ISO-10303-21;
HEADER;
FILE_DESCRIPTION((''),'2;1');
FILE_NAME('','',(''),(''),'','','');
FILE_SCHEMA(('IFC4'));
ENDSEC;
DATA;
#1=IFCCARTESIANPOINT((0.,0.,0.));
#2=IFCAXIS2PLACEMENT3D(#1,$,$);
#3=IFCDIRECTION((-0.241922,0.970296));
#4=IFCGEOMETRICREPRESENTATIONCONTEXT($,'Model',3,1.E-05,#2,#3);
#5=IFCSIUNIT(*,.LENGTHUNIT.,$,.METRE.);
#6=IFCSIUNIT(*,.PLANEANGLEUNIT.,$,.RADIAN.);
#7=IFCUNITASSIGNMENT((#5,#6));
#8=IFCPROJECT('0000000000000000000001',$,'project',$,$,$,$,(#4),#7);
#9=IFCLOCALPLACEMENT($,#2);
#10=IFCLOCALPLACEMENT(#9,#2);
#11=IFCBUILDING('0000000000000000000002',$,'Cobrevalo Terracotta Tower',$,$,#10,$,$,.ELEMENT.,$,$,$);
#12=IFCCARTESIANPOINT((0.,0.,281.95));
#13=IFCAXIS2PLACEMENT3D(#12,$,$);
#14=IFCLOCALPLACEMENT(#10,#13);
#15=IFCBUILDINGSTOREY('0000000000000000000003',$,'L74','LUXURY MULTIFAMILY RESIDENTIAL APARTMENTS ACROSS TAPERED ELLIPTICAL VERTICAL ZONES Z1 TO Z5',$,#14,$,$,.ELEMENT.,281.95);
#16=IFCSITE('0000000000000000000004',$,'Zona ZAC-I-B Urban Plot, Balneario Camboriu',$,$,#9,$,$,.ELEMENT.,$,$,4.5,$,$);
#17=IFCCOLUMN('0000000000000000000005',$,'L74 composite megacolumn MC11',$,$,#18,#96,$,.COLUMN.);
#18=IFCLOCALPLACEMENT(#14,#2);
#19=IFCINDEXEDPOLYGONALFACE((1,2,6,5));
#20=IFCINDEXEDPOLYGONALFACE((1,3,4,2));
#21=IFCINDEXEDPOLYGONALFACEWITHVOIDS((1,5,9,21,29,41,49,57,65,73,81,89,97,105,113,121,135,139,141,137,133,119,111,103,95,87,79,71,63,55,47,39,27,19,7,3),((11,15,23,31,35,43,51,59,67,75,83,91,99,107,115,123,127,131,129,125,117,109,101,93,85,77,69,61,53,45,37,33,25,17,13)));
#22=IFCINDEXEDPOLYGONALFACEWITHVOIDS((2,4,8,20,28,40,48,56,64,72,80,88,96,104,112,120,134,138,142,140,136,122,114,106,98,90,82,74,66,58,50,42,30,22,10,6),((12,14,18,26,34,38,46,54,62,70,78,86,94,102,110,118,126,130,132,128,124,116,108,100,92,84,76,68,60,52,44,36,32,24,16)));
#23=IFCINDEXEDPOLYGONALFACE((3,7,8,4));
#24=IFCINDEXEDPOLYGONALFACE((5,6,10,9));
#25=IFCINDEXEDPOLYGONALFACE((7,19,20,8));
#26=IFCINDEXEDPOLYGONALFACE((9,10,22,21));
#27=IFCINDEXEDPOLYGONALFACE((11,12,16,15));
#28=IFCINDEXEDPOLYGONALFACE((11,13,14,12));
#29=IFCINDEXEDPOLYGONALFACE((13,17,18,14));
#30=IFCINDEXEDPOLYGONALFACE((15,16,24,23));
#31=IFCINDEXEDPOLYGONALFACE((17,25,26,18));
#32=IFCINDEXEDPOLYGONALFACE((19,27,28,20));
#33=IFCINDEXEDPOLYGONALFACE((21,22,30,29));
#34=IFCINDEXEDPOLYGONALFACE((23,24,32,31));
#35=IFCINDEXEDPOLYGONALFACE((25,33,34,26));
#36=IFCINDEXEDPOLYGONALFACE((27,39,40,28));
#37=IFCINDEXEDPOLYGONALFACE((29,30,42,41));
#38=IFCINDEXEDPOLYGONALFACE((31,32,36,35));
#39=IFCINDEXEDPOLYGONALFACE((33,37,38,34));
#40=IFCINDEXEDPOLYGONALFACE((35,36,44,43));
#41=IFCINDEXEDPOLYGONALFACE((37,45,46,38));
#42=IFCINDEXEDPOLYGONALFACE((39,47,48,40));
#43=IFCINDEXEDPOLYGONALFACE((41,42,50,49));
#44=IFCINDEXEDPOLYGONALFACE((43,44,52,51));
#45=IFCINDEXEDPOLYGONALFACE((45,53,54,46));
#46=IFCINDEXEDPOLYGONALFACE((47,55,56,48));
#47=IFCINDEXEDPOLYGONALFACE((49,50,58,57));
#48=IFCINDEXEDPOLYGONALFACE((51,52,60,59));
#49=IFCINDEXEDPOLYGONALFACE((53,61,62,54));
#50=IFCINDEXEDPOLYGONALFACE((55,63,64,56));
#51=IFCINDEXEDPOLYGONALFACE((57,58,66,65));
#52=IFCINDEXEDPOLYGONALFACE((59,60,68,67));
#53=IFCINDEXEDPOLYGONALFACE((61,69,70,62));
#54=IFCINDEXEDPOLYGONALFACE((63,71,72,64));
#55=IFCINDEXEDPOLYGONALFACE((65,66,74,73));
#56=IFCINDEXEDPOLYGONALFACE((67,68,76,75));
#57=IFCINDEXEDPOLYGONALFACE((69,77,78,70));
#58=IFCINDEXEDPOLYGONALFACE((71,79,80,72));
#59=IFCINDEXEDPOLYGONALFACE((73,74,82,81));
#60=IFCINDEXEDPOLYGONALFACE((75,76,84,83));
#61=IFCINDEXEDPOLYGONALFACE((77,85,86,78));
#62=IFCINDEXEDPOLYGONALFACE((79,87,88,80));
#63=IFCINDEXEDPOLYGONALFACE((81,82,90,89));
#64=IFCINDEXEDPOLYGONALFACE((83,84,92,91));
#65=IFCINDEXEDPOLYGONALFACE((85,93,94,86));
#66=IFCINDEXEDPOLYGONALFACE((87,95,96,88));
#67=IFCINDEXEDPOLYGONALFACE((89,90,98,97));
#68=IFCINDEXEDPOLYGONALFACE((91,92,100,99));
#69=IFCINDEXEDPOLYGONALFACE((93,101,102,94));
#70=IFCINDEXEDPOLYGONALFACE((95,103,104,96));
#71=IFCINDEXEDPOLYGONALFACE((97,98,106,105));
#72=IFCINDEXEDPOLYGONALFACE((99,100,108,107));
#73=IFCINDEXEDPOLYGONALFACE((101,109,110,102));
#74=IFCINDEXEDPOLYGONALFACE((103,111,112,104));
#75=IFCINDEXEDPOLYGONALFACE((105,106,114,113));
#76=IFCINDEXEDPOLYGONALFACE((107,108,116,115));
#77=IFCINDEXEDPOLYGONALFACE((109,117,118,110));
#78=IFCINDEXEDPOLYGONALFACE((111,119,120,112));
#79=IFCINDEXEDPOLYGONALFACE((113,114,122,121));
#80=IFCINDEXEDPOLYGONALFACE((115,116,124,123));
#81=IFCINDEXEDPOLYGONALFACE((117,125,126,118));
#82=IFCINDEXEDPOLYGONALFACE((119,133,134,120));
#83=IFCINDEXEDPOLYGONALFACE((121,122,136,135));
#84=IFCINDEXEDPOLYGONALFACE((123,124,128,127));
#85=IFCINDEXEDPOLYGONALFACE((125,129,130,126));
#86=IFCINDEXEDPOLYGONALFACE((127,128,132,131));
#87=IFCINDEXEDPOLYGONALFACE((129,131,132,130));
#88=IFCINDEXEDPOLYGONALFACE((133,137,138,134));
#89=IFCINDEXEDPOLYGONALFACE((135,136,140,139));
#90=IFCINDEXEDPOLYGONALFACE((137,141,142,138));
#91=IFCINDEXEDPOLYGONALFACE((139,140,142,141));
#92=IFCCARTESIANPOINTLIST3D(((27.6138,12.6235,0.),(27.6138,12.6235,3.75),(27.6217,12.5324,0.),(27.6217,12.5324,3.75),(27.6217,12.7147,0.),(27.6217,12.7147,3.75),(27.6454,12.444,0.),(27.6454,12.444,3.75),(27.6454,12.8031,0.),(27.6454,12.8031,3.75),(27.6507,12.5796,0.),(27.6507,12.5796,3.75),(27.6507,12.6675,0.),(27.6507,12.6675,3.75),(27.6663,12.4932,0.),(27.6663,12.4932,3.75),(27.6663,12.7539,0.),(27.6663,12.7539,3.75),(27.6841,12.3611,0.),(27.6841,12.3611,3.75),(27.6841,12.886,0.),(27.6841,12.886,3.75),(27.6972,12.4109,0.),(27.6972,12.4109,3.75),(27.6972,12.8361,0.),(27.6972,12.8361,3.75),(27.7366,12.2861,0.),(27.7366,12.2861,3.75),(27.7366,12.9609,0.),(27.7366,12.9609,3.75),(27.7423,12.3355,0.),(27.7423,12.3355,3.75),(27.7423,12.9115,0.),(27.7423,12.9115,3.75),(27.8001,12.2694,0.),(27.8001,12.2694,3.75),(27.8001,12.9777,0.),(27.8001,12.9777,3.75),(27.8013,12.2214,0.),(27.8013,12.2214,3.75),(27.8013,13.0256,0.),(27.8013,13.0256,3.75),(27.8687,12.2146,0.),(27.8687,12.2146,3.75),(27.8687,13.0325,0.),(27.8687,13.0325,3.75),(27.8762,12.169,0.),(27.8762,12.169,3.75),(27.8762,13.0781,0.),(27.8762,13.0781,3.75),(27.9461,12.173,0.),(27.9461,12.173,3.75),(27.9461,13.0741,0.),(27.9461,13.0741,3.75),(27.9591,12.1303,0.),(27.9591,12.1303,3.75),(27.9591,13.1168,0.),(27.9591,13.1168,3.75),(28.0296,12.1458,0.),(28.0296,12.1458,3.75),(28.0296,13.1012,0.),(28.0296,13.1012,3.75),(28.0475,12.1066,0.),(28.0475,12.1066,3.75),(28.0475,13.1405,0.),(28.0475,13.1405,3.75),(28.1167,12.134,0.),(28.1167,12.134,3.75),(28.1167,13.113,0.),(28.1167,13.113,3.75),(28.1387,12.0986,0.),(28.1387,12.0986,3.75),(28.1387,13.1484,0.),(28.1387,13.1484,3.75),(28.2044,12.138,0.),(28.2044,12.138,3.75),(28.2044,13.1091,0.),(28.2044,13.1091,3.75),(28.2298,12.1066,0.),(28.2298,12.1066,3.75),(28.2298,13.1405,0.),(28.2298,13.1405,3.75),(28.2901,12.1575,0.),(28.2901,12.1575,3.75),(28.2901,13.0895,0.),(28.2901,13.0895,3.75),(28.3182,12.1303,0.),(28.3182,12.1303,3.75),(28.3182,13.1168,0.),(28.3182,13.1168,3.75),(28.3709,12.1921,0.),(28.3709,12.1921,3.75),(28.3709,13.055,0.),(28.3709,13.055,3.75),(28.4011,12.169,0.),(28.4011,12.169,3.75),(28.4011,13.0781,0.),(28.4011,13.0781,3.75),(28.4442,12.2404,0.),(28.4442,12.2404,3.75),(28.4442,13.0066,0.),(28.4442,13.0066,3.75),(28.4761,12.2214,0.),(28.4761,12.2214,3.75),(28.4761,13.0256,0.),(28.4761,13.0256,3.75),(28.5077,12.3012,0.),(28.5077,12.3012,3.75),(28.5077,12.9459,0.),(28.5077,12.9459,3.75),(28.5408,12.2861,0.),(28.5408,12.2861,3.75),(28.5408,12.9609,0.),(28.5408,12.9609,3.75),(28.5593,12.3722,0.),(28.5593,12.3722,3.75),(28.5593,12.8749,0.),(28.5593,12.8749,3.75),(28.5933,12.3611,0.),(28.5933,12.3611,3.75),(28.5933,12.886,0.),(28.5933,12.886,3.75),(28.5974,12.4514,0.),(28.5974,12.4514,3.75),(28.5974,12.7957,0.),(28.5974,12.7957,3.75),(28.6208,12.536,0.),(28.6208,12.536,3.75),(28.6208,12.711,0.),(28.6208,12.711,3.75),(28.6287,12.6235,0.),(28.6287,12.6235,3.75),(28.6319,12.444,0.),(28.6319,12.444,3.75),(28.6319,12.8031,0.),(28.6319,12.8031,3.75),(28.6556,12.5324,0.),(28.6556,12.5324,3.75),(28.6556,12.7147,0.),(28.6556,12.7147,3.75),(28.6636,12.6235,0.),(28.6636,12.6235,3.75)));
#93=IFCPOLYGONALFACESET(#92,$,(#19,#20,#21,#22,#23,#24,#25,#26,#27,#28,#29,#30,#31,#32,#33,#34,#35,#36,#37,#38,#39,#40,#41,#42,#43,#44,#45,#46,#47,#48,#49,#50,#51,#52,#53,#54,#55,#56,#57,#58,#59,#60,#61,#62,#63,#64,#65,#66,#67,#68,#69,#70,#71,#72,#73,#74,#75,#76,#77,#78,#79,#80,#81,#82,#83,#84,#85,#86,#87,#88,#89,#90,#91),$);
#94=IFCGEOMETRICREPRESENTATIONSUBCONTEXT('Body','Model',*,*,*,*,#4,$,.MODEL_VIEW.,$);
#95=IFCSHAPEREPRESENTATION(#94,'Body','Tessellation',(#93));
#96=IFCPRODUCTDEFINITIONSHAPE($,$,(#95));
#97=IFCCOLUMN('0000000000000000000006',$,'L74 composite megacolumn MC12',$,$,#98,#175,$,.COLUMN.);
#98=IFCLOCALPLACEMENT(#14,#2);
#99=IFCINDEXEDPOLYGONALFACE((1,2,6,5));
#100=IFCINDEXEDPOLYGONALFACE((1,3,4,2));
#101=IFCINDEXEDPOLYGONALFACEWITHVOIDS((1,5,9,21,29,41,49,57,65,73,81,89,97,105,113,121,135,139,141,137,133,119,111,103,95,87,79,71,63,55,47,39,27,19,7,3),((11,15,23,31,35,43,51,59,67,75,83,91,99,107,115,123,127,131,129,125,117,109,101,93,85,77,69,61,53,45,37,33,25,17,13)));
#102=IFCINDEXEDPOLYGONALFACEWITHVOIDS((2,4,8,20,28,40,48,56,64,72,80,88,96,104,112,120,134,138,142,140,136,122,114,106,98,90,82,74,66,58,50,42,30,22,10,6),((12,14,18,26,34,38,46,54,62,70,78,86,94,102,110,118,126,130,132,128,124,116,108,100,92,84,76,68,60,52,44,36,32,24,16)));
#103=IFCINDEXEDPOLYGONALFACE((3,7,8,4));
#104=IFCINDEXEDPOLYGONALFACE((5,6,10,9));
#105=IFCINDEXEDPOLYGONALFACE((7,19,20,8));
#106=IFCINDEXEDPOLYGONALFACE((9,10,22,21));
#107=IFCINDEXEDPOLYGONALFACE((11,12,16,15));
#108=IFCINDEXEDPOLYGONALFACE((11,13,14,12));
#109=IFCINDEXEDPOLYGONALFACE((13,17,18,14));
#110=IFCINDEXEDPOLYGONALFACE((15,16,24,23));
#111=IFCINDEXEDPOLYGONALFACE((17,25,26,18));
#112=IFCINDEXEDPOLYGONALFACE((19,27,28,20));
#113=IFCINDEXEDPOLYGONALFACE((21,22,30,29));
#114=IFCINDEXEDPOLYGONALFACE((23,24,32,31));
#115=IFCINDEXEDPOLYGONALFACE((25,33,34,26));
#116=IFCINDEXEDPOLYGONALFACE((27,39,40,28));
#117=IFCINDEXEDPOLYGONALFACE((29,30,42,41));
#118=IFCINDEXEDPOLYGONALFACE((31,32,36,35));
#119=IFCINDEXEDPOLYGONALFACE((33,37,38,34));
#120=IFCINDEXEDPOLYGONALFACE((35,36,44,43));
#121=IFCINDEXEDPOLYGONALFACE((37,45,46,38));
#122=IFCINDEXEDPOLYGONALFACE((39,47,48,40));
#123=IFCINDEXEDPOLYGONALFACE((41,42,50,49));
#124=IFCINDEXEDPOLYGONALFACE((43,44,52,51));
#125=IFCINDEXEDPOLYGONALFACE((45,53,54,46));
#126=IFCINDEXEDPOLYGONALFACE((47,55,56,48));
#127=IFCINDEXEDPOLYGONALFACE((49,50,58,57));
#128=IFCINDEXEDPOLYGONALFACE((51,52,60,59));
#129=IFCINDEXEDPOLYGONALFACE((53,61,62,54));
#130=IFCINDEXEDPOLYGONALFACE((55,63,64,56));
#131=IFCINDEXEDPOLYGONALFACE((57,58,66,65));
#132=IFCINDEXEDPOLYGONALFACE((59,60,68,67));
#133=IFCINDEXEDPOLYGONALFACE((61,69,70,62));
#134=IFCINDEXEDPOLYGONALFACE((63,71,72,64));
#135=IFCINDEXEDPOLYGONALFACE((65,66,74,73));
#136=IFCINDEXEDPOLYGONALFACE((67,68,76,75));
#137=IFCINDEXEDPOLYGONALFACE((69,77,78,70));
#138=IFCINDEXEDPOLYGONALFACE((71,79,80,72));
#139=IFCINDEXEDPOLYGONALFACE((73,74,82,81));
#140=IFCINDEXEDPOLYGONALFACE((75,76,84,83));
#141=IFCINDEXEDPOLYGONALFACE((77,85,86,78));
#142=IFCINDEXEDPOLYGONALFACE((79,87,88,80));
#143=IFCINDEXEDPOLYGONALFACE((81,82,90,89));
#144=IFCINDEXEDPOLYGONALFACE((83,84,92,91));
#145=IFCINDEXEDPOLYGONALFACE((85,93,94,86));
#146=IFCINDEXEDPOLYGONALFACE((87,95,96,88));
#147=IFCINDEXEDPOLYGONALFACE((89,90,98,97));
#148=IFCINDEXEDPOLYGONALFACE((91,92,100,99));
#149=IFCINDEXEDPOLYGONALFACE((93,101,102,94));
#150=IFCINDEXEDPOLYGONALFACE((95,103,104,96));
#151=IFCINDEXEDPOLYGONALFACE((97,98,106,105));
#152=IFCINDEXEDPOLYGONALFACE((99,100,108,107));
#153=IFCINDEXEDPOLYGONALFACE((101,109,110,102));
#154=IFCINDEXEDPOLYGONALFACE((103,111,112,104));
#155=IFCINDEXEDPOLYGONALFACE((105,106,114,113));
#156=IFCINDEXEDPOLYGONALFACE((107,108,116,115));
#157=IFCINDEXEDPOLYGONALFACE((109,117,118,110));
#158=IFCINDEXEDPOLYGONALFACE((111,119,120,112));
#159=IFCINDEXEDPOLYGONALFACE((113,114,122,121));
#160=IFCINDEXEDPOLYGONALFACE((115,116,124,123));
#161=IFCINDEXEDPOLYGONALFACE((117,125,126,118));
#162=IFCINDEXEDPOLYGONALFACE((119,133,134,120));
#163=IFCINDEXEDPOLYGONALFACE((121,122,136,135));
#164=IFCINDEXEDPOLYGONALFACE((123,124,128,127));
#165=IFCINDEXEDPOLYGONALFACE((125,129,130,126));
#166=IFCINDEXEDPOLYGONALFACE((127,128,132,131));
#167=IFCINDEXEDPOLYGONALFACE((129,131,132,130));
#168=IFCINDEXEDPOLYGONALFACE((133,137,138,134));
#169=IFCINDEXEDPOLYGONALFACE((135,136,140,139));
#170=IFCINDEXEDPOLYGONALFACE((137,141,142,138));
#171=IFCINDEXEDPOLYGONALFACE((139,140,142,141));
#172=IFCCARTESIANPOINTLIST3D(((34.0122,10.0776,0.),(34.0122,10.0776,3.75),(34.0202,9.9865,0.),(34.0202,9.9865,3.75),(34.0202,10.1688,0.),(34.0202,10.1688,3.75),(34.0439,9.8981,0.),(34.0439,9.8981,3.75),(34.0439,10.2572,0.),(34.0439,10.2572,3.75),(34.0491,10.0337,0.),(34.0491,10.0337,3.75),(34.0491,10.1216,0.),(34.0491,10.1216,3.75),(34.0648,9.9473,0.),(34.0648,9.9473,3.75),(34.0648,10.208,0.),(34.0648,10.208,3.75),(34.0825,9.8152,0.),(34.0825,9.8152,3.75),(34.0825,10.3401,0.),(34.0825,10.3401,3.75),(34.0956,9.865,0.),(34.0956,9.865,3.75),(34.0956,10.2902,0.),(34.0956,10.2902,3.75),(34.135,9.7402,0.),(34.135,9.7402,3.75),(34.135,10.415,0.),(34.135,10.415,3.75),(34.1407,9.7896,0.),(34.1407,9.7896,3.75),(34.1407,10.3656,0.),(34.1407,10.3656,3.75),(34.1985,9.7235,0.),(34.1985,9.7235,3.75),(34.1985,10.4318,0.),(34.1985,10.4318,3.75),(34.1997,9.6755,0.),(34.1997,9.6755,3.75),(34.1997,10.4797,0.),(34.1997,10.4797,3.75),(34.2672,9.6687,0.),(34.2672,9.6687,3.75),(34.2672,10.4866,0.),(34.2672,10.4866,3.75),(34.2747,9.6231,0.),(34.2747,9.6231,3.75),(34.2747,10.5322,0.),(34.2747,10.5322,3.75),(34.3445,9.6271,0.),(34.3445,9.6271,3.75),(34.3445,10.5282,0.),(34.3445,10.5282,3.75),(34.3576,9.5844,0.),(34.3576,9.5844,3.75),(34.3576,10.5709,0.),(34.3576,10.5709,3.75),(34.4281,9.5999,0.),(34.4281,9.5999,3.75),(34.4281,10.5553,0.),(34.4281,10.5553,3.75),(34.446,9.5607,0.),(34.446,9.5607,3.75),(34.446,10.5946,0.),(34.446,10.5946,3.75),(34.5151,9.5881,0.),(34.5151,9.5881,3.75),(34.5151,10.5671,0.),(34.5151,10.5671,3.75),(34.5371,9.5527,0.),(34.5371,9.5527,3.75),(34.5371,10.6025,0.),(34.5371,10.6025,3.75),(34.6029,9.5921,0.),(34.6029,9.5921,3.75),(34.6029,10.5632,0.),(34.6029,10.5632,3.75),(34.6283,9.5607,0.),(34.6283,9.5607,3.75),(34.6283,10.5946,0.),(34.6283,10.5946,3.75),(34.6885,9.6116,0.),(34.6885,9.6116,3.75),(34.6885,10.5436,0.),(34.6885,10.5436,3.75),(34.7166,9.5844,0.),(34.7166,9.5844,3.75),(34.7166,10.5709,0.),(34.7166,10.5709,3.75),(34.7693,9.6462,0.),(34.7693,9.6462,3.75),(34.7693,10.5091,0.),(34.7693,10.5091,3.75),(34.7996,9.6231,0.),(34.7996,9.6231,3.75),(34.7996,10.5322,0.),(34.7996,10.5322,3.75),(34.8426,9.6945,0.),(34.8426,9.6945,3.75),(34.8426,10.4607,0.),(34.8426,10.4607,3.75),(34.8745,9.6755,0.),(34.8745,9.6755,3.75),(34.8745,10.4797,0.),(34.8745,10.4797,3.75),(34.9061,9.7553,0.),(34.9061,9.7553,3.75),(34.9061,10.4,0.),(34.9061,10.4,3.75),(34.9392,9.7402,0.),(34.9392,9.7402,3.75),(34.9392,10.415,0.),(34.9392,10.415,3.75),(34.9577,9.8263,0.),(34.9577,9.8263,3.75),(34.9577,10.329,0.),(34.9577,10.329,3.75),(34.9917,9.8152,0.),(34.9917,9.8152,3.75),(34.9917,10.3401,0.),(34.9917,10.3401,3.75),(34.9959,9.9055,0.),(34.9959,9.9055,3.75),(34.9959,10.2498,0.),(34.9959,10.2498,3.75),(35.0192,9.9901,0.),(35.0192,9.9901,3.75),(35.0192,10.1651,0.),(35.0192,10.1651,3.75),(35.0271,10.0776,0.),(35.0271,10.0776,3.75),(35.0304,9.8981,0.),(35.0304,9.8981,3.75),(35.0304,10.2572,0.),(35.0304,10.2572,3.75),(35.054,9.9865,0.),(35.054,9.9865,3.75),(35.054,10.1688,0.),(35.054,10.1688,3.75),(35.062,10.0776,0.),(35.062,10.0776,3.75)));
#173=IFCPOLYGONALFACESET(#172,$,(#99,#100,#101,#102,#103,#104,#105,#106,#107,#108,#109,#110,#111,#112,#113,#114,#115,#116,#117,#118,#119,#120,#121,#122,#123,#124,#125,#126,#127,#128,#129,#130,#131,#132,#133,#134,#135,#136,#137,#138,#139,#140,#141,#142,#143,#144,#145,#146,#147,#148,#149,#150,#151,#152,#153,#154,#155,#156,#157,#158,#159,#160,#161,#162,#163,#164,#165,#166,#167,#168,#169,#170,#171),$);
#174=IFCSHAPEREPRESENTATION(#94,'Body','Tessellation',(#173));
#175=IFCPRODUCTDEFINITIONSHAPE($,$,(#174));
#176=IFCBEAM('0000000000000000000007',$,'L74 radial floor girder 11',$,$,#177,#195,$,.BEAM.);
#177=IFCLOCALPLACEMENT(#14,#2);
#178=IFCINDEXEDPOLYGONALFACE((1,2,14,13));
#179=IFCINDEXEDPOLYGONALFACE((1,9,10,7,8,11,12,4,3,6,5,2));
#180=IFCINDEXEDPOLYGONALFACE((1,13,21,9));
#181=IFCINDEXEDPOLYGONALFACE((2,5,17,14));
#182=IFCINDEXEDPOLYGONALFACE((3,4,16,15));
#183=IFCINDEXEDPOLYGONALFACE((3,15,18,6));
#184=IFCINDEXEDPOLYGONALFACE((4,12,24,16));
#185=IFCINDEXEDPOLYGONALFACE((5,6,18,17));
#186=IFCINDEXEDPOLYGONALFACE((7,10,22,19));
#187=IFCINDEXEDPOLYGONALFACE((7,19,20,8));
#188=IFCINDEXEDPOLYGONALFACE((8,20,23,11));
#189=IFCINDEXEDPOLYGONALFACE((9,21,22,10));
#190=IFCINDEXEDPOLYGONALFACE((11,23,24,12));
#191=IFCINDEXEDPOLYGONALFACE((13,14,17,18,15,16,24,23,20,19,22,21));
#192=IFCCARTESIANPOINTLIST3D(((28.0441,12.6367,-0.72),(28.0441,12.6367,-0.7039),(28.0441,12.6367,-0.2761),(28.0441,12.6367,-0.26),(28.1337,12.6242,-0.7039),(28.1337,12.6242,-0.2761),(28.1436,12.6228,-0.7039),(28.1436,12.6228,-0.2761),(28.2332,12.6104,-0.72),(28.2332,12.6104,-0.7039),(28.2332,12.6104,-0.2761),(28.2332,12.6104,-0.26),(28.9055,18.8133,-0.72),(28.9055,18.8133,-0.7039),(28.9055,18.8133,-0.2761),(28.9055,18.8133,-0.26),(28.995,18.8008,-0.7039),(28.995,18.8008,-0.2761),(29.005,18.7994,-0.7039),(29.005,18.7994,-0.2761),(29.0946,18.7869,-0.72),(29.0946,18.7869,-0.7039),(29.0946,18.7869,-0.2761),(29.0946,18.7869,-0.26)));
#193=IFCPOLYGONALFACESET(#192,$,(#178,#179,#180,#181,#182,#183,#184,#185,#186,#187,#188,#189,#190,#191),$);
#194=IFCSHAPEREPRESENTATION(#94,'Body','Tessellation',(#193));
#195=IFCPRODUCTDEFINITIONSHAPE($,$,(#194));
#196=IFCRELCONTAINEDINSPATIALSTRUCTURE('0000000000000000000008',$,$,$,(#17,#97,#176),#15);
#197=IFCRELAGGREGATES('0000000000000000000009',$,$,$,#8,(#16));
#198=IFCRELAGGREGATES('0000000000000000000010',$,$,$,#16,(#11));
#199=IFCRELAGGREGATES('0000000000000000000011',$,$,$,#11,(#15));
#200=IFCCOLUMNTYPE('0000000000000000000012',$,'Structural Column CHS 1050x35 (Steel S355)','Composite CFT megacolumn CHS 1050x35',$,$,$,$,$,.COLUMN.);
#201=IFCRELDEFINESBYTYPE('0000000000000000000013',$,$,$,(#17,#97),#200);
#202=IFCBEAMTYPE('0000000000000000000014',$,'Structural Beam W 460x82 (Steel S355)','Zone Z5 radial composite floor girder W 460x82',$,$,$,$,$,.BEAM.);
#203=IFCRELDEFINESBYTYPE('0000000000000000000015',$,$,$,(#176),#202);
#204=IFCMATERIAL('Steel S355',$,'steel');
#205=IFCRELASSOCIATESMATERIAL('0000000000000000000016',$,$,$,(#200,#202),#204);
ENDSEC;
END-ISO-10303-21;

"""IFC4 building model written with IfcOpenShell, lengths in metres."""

from ifc_helpers import new_model, si_unit, direction, frame, origin, origin_2d, place, context, subcontext, project, spatial, hollow_circle, i_section, extrude, material, material_profile, profile_set, type_object, element, save


model = new_model("IFC4")

# Units and contexts
model_context = context("Model", 3, precision=1e-05, world=origin(), true_north=direction((-0.241922, 0.970296)))
body_context = subcontext(model_context, "Body", "Model", "MODEL_VIEW")
ifc_project = project(units=[si_unit("LENGTHUNIT", "METRE"), si_unit("PLANEANGLEUNIT", "RADIAN")], contexts=[model_context])

# Site, building, storey
site_placement = place(None, origin())
site = spatial("IfcSite", under=ifc_project, at=site_placement, Name="Zona ZAC-I-B Urban Plot, Balneario Camboriu", CompositionType="ELEMENT", RefElevation=4.5)
building_placement = place(site_placement, origin())
building = spatial("IfcBuilding", under=site, at=building_placement, Name="Cobrevalo Terracotta Tower", CompositionType="ELEMENT")
storey_placement = place(building_placement, frame((0.0, 0.0, 281.95)))
storey = spatial("IfcBuildingStorey", under=building, at=storey_placement, Name="L74", Description="LUXURY MULTIFAMILY RESIDENTIAL APARTMENTS ACROSS TAPERED ELLIPTICAL VERTICAL ZONES Z1 TO Z5", CompositionType="ELEMENT", Elevation=281.95)

# Columns
ifc_material_1 = material(Name="Steel S355", Category="steel")
ifc_material_profile_1 = material_profile(ifc_material_1, hollow_circle(Radius=0.5249, WallThickness=0.0349, at=origin_2d()), Name="CHS 1050x35")
ifc_profile_set_1 = profile_set([ifc_material_profile_1], Name="Steel S355")
column_type = type_object("IfcColumnType", Name="Structural Column CHS 1050x35 (Steel S355)", Description="Composite CFT megacolumn CHS 1050x35", PredefinedType="COLUMN", material=ifc_profile_set_1)
for number, where, z_axis, x_axis, name in (
    (1, (28.1387, 12.6235, 0.0), (0.0, 0.0, 1.0), (1.0, 0.0, 0.0), "L74 composite megacolumn MC11"),
    (2, (34.5371, 10.0776, 0.0), (0.0, 0.0, 1.0), (1.0, 0.0, 0.0), "L74 composite megacolumn MC12"),
):
    element("IfcColumn", number, at=place(storey_placement, frame(where, z_axis=z_axis, x_axis=x_axis)), inside=storey, type_object=column_type, Name=name, PredefinedType="COLUMN", context=body_context, shape_type="SweptSolid", body=[
        extrude(hollow_circle(Radius=0.5249, WallThickness=0.0349, at=origin_2d()), origin(), (0.0, 0.0, 1.0), 3.75),
    ])

# Beam
ifc_material_profile_2 = material_profile(ifc_material_1, i_section(OverallWidth=0.1909, OverallDepth=0.46, WebThickness=0.01, FlangeThickness=0.0161, at=origin_2d()), Name="W 460x82")
ifc_profile_set_2 = profile_set([ifc_material_profile_2], Name="Steel S355")
beam_type_1 = type_object("IfcBeamType", Name="Structural Beam W 460x82 (Steel S355)", Description="Zone Z5 radial composite floor girder W 460x82", PredefinedType="BEAM", material=ifc_profile_set_2)
beam_1_placement = place(storey_placement, frame((28.1387, 12.6235, -0.49), z_axis=(0.138116, 0.990416, 0.0), x_axis=(-0.990416, 0.138116, 0.0)))
element("IfcBeam", 3, at=beam_1_placement, inside=storey, type_object=beam_type_1, Name="L74 radial floor girder 11", PredefinedType="BEAM", context=body_context, shape_type="SweptSolid", body=[
    extrude(i_section(OverallWidth=0.1909, OverallDepth=0.46, WebThickness=0.01, FlangeThickness=0.0161, at=origin_2d()), origin(), (0.0, 0.0, 1.0), 6.2363),
])

save(model, "model.ifc")
